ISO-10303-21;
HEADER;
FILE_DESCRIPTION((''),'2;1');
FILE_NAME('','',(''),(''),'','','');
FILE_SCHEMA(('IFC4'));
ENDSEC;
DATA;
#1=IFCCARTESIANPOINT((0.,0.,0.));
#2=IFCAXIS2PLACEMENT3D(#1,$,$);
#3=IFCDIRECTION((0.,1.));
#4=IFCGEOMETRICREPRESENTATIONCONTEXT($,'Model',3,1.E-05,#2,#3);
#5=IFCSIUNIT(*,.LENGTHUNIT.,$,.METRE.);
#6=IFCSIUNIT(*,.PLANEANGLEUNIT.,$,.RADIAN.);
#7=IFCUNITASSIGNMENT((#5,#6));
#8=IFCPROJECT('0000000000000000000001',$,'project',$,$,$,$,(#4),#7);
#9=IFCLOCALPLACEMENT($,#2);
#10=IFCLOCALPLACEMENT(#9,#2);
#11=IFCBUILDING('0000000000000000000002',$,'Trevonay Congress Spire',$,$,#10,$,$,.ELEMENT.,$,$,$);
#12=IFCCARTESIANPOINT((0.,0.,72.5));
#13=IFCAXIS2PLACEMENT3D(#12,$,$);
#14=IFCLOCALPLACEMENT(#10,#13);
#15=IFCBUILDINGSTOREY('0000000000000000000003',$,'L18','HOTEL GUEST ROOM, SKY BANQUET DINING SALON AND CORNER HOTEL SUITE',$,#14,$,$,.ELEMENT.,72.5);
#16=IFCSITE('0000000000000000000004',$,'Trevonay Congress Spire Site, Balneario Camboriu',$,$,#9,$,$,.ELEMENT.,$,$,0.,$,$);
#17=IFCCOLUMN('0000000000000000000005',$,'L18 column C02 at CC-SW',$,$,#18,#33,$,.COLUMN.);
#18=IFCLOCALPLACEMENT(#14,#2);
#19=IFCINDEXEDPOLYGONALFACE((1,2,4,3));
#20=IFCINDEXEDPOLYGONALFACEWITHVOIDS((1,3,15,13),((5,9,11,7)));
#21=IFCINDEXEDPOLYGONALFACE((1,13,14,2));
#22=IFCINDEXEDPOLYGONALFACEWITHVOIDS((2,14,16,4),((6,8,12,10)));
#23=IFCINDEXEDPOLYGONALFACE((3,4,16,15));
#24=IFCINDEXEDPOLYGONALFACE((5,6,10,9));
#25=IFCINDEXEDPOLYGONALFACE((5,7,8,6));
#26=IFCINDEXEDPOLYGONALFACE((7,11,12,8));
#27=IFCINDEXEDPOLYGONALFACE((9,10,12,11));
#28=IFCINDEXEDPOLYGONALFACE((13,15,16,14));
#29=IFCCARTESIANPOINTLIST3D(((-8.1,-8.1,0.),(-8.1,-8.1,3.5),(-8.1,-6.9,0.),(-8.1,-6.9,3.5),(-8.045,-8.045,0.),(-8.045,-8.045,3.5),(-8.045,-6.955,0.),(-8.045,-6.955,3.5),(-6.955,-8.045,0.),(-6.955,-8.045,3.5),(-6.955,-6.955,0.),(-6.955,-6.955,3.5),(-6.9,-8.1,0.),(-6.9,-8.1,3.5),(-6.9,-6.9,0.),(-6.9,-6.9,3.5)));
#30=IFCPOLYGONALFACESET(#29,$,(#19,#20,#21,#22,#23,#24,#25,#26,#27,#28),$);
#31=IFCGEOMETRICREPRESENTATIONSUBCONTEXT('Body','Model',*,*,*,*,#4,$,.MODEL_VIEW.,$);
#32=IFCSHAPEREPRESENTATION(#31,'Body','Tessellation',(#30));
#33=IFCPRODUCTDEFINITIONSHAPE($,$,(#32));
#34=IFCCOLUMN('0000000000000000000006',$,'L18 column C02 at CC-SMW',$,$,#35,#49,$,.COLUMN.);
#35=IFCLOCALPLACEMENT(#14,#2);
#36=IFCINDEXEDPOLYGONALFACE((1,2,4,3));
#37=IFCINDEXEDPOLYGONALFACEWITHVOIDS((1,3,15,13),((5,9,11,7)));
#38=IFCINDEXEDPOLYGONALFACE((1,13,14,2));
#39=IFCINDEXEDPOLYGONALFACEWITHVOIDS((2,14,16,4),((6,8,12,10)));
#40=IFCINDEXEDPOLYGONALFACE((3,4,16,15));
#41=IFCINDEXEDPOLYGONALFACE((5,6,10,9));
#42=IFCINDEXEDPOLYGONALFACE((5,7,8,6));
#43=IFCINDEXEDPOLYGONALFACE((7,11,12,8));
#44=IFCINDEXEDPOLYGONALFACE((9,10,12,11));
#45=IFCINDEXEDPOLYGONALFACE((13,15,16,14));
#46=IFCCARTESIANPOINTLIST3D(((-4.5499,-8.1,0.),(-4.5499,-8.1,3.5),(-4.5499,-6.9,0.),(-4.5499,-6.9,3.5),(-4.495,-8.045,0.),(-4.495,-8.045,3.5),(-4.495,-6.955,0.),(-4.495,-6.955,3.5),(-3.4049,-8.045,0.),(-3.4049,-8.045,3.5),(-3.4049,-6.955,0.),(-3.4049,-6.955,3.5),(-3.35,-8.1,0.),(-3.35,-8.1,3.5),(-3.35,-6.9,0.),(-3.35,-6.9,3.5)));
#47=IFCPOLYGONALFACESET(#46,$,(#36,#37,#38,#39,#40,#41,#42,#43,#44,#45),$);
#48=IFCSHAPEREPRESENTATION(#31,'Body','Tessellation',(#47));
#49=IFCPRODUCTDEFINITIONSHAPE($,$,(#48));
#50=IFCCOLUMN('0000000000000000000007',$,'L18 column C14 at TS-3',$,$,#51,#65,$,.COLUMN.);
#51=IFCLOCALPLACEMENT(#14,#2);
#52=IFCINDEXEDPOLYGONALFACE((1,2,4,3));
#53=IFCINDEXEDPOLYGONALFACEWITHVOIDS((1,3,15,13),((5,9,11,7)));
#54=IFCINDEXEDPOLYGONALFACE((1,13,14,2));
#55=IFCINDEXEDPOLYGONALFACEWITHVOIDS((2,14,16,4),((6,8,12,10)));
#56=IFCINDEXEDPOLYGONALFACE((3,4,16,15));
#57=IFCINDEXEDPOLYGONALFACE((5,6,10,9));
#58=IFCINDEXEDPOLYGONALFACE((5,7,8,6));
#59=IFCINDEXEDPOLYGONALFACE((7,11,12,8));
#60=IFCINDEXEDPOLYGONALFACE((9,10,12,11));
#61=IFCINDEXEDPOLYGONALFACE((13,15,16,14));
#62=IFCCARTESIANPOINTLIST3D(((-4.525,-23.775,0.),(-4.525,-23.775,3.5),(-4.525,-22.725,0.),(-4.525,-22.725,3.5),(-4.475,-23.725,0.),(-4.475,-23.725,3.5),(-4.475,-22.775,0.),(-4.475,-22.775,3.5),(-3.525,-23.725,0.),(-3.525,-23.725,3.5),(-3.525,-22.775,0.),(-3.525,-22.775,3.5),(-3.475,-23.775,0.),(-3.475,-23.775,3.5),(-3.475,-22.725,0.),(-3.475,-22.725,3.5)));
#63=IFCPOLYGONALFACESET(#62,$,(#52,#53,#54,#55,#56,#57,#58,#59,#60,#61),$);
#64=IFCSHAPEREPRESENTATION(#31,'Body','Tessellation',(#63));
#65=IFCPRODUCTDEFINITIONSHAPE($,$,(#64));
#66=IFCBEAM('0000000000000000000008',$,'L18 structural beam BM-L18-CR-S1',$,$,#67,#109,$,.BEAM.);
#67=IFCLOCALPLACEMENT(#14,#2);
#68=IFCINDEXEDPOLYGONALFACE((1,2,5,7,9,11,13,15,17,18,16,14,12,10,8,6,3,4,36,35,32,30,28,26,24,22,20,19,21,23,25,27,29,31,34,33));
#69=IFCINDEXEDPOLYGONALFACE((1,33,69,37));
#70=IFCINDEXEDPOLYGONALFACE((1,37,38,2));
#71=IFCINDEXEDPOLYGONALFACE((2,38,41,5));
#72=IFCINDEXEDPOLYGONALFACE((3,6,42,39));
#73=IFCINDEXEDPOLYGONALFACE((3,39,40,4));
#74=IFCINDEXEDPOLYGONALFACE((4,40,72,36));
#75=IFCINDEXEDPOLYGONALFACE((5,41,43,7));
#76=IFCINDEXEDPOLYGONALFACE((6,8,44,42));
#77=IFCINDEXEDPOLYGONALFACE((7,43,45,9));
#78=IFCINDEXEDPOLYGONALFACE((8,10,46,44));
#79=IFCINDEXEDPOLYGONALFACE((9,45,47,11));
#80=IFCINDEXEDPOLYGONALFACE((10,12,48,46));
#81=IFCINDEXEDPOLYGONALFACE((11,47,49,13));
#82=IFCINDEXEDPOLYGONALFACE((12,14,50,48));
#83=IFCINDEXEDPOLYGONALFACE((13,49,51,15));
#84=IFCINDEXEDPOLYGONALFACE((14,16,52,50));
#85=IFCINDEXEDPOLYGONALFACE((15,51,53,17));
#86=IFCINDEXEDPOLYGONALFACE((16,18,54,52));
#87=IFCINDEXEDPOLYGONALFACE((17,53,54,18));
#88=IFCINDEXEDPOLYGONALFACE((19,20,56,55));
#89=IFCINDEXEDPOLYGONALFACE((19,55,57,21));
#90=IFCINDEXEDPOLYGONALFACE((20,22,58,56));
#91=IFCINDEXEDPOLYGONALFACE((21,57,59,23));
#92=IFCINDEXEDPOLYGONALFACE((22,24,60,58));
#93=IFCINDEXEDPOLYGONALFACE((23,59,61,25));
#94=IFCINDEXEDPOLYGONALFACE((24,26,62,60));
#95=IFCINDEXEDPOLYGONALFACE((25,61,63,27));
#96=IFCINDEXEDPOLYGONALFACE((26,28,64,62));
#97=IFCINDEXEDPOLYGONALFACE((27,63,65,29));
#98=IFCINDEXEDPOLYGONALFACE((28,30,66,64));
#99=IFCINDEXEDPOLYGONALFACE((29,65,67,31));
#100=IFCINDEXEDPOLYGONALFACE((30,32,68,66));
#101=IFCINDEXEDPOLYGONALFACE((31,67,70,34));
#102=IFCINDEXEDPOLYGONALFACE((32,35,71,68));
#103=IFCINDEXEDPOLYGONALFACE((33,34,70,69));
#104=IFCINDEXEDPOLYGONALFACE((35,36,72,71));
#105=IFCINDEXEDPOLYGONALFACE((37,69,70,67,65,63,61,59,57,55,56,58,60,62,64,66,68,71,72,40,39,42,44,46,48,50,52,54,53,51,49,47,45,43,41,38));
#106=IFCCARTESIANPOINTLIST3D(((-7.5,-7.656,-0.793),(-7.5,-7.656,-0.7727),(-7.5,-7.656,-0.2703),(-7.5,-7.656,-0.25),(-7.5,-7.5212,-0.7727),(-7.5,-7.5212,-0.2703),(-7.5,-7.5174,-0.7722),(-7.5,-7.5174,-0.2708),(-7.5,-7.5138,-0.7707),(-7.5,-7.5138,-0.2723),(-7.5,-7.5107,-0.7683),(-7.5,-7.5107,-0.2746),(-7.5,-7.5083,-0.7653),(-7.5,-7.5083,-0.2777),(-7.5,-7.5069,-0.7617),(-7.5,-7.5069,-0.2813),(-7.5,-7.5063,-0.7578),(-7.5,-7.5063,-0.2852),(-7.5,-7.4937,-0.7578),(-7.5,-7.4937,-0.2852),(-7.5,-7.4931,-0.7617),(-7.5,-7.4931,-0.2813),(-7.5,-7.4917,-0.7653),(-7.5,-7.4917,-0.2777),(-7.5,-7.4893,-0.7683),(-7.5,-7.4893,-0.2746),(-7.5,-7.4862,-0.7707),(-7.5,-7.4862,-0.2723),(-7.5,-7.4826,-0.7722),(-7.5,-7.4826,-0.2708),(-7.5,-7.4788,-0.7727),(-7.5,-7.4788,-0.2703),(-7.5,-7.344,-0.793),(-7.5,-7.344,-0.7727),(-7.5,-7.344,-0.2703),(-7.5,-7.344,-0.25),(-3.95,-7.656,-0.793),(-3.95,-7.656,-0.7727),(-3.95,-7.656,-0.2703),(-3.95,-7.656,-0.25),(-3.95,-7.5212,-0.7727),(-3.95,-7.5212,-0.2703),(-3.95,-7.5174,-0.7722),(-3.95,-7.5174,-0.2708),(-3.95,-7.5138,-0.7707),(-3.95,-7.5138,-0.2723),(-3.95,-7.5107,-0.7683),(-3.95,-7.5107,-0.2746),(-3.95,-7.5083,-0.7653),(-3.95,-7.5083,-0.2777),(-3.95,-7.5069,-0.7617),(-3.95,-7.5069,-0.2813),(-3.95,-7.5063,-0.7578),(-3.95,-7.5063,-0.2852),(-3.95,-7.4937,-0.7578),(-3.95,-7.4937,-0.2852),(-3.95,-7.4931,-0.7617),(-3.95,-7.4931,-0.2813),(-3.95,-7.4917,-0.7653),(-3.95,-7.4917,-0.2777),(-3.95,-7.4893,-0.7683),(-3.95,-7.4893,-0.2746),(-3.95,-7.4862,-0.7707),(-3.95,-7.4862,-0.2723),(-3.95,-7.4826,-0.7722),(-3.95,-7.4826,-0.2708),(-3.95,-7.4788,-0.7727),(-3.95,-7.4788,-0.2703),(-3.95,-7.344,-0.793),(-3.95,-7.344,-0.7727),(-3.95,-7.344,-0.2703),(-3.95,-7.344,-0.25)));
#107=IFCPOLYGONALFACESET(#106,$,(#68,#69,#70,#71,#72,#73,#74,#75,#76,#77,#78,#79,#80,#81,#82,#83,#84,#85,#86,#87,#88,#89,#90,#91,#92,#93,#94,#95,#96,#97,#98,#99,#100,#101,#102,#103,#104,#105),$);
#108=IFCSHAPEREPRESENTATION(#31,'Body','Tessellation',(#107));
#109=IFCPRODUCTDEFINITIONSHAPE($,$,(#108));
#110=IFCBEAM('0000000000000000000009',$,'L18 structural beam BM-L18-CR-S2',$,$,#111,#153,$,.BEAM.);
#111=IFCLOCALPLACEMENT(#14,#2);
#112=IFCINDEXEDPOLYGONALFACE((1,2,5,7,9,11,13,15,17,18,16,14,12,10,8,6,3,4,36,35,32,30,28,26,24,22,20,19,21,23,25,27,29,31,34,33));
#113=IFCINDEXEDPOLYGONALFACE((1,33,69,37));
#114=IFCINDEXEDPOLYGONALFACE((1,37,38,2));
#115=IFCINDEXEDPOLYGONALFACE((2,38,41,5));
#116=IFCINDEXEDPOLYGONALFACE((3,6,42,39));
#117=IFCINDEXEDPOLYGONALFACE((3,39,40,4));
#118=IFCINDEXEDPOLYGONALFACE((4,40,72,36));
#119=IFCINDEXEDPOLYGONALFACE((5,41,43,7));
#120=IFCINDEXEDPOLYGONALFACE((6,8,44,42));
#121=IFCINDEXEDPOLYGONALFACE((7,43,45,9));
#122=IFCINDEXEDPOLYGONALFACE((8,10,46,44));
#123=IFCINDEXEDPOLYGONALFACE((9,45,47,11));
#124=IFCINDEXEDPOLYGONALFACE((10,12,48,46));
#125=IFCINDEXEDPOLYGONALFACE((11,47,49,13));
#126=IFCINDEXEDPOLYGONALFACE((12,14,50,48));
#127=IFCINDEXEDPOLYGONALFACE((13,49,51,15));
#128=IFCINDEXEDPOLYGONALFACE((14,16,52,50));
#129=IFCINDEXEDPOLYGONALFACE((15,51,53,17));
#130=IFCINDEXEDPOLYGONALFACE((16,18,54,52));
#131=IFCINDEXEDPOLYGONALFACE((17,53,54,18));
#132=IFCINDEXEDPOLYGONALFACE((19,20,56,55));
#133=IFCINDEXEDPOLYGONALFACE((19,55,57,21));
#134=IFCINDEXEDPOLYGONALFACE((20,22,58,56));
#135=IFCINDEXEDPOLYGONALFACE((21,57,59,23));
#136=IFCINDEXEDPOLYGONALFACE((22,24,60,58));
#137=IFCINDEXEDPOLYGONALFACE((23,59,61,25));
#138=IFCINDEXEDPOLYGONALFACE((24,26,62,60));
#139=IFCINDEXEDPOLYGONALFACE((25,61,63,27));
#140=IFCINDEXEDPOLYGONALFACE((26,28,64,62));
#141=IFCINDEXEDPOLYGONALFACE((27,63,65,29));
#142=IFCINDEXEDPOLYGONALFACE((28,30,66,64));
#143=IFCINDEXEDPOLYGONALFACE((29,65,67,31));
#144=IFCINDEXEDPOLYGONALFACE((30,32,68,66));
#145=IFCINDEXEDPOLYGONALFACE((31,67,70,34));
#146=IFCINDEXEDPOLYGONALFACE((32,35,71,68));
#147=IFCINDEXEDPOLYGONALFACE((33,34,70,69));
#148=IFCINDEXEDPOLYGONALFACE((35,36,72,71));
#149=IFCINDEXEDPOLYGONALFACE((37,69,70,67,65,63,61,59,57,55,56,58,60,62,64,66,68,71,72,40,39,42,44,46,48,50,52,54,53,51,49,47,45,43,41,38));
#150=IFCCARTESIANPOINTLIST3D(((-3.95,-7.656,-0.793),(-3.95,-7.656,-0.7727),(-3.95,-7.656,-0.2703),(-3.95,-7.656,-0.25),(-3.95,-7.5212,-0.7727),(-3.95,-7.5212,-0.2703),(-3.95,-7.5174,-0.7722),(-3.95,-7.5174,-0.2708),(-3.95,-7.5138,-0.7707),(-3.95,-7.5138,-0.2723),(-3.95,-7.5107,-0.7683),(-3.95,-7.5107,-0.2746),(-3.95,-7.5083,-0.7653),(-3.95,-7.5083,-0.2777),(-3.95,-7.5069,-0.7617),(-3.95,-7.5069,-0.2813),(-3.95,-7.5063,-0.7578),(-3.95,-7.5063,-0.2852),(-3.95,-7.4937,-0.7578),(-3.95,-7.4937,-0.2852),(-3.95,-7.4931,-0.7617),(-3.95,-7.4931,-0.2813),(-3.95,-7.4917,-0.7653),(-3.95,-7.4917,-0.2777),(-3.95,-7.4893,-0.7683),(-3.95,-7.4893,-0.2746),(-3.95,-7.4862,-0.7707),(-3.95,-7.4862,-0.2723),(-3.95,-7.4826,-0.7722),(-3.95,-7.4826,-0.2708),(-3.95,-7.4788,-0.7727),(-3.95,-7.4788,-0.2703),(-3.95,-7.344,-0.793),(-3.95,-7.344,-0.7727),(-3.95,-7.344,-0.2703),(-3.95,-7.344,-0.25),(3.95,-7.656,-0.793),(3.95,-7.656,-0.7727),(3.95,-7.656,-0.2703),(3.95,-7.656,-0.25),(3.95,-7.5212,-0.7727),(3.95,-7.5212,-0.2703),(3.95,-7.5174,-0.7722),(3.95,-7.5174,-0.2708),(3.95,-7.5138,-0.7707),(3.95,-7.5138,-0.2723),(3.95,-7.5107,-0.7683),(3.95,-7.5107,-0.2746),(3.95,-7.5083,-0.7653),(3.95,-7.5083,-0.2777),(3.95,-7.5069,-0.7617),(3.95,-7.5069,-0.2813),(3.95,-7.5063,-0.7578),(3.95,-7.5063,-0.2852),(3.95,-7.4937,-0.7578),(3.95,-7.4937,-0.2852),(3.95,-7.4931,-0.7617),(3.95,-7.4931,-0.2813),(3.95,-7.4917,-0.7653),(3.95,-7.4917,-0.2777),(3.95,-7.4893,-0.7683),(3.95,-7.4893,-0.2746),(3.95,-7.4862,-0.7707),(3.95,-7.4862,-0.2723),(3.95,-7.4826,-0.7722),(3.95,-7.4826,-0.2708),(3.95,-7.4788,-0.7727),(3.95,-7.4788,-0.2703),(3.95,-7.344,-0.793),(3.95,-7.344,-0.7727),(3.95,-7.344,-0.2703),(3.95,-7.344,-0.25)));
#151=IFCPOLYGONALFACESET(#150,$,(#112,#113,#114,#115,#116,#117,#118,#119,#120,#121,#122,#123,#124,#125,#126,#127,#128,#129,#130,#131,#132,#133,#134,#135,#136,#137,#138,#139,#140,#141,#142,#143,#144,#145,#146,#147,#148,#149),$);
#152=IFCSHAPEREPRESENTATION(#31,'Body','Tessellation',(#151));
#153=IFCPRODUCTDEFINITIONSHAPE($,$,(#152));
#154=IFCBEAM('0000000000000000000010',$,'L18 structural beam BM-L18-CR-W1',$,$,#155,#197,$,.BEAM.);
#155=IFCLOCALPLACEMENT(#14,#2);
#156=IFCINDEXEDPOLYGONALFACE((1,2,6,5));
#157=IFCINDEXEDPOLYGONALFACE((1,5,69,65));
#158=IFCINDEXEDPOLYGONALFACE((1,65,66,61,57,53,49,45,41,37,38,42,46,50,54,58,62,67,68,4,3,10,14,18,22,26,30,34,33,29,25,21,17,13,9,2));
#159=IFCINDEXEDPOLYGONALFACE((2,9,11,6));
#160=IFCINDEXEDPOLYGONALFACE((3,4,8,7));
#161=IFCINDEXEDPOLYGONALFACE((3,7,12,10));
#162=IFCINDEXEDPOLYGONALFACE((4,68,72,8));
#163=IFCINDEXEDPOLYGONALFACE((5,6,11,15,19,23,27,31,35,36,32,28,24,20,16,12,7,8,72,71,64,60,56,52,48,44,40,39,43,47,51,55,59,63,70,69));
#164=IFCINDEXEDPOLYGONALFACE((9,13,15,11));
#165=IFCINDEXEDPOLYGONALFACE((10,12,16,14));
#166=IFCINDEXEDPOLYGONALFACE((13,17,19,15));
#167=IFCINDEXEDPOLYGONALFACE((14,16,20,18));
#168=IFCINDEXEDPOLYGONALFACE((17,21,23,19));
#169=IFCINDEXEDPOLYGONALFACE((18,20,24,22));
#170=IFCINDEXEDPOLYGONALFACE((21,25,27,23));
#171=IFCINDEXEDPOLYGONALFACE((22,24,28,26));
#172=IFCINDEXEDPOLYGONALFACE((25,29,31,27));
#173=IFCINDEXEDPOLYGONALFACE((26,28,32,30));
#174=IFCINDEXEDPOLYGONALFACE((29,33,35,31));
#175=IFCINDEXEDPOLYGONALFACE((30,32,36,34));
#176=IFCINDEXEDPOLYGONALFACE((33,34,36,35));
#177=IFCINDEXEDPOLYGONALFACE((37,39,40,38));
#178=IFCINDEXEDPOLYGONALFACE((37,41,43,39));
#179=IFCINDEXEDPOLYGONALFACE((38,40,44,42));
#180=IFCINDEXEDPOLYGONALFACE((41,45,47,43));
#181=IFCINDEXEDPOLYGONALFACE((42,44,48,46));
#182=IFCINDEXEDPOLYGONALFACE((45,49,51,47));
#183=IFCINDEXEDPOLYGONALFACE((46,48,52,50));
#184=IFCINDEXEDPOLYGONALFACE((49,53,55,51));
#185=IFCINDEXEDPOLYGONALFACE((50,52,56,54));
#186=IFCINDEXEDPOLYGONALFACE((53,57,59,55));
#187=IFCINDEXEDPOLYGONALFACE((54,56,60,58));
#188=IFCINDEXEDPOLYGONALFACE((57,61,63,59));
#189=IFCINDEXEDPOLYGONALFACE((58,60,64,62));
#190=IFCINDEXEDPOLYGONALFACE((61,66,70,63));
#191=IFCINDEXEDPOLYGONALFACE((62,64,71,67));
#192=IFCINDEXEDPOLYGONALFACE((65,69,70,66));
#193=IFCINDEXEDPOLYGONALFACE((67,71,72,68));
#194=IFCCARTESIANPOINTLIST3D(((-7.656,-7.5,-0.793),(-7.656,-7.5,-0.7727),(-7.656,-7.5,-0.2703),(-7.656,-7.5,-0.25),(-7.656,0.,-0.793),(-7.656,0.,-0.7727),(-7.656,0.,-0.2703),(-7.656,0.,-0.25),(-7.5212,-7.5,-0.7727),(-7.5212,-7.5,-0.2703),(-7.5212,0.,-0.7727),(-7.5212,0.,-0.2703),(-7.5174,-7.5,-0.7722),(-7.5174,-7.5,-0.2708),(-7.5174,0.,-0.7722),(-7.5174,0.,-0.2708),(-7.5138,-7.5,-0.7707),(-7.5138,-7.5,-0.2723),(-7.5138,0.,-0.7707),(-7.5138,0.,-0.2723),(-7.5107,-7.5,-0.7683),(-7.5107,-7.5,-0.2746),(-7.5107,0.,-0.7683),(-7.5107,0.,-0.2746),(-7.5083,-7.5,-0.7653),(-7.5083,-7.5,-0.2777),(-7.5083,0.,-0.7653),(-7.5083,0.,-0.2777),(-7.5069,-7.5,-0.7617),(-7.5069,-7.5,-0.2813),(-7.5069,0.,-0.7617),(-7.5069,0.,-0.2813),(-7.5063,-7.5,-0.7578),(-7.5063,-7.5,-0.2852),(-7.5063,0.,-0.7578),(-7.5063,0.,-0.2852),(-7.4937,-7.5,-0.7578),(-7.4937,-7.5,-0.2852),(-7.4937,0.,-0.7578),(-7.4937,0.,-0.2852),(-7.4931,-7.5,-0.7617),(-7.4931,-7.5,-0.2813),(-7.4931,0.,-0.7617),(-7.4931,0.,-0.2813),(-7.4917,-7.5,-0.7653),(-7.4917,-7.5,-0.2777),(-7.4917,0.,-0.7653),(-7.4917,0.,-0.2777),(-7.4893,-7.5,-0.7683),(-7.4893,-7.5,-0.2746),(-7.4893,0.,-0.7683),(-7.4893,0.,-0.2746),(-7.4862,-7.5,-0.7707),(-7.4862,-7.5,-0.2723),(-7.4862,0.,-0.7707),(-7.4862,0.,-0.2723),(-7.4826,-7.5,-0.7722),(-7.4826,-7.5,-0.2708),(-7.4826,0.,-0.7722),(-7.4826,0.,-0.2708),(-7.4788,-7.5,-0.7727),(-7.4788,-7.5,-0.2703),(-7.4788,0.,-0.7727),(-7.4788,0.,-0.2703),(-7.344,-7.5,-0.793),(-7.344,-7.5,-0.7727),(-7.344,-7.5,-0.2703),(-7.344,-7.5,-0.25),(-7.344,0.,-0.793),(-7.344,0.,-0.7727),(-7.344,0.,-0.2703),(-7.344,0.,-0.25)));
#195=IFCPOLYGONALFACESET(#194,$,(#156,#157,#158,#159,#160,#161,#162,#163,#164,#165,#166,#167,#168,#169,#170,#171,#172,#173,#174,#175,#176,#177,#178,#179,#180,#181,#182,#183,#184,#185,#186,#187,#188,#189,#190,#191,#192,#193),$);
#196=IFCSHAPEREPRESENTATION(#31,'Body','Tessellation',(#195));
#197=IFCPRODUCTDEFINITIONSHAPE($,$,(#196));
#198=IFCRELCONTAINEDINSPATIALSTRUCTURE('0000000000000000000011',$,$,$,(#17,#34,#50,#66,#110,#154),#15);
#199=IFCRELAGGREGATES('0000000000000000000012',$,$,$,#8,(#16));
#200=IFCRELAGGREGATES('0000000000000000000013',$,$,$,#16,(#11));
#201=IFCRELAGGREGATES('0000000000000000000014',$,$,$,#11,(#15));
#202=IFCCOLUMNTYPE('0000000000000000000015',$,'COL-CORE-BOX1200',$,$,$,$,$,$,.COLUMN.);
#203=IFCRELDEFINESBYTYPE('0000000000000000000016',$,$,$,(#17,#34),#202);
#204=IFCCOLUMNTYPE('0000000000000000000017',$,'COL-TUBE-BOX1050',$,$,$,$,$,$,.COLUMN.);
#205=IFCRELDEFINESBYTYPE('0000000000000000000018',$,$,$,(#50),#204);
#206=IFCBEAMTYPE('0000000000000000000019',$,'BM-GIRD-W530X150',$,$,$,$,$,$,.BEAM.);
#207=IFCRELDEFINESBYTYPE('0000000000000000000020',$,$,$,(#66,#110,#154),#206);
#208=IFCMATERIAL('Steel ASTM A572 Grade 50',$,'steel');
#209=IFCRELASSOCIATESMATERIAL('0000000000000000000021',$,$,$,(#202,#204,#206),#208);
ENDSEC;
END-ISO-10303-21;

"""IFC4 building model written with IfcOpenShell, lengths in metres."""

from ifc_helpers import new_model, si_unit, direction, frame, origin, origin_2d, place, context, subcontext, project, spatial, hollow_rectangle, i_section, extrude, material, material_profile, profile_set, type_object, element, save


model = new_model("IFC4")

# Units and contexts
model_context = context("Model", 3, precision=1e-05, world=origin(), true_north=direction((0.0, 1.0)))
body_context = subcontext(model_context, "Body", "Model", "MODEL_VIEW")
ifc_project = project(units=[si_unit("LENGTHUNIT", "METRE"), si_unit("PLANEANGLEUNIT", "RADIAN")], contexts=[model_context])

# Site, building, storey
site_placement = place(None, origin())
site = spatial("IfcSite", under=ifc_project, at=site_placement, Name="Trevonay Congress Spire Site, Balneario Camboriu", CompositionType="ELEMENT", RefElevation=0.0)
building_placement = place(site_placement, origin())
building = spatial("IfcBuilding", under=site, at=building_placement, Name="Trevonay Congress Spire", CompositionType="ELEMENT")
storey_placement = place(building_placement, frame((0.0, 0.0, 72.5)))
storey = spatial("IfcBuildingStorey", under=building, at=storey_placement, Name="L18", Description="HOTEL GUEST ROOM, SKY BANQUET DINING SALON AND CORNER HOTEL SUITE", CompositionType="ELEMENT", Elevation=72.5)

# Columns
ifc_material_1 = material(Name="Steel ASTM A572 Grade 50", Category="steel")
ifc_material_profile_1 = material_profile(ifc_material_1, hollow_rectangle(XDim=1.2, YDim=1.2, WallThickness=0.0549, at=origin_2d()), Name="BOX 1200x1200x55")
ifc_profile_set_1 = profile_set([ifc_material_profile_1], Name="Steel ASTM A572 Grade 50")
column_type_1 = type_object("IfcColumnType", Name="COL-CORE-BOX1200", PredefinedType="COLUMN", material=ifc_profile_set_1)
for number, where, z_axis, x_axis, name in (
    (1, (-7.5, -7.5, 0.0), (0.0, 0.0, 1.0), (1.0, 0.0, 0.0), "L18 column C02 at CC-SW"),
    (2, (-3.95, -7.5, 0.0), (0.0, 0.0, 1.0), (1.0, 0.0, 0.0), "L18 column C02 at CC-SMW"),
):
    element("IfcColumn", number, at=place(storey_placement, frame(where, z_axis=z_axis, x_axis=x_axis)), inside=storey, type_object=column_type_1, Name=name, PredefinedType="COLUMN", context=body_context, shape_type="SweptSolid", body=[
        extrude(hollow_rectangle(XDim=1.2, YDim=1.2, WallThickness=0.0549, at=origin_2d()), origin(), (0.0, 0.0, 1.0), 3.5),
    ])
ifc_material_profile_2 = material_profile(ifc_material_1, hollow_rectangle(XDim=1.05, YDim=1.05, WallThickness=0.05, at=origin_2d()), Name="BOX 1050x1050x50")
ifc_profile_set_2 = profile_set([ifc_material_profile_2], Name="Steel ASTM A572 Grade 50")
column_type_2 = type_object("IfcColumnType", Name="COL-TUBE-BOX1050", PredefinedType="COLUMN", material=ifc_profile_set_2)
column_placement = place(storey_placement, frame((-4.0, -23.25, 0.0), z_axis=(0.0, 0.0, 1.0), x_axis=(1.0, 0.0, 0.0)))
element("IfcColumn", 3, at=column_placement, inside=storey, type_object=column_type_2, Name="L18 column C14 at TS-3", PredefinedType="COLUMN", context=body_context, shape_type="SweptSolid", body=[
    extrude(hollow_rectangle(XDim=1.05, YDim=1.05, WallThickness=0.05, at=origin_2d()), origin(), (0.0, 0.0, 1.0), 3.5),
])

# Beams
ifc_material_profile_3 = material_profile(ifc_material_1, i_section(OverallWidth=0.312, OverallDepth=0.543, WebThickness=0.0127, FlangeThickness=0.0203, FilletRadius=0.0149, at=origin_2d()), Name="W530x150")
ifc_profile_set_3 = profile_set([ifc_material_profile_3], Name="Steel ASTM A572 Grade 50")
beam_type_1 = type_object("IfcBeamType", Name="BM-GIRD-W530X150", PredefinedType="BEAM", material=ifc_profile_set_3)
beam_1_placement = place(storey_placement, frame((-7.5, -7.5, -0.5215), z_axis=(1.0, 0.0, 0.0), x_axis=(0.0, 1.0, 0.0)))
element("IfcBeam", 4, at=beam_1_placement, inside=storey, type_object=beam_type_1, Name="L18 structural beam BM-L18-CR-S1", PredefinedType="BEAM", context=body_context, shape_type="SweptSolid", body=[
    extrude(i_section(OverallWidth=0.312, OverallDepth=0.543, WebThickness=0.0127, FlangeThickness=0.0203, FilletRadius=0.0149, at=origin_2d()), origin(), (0.0, 0.0, 1.0), 3.55),
])
beam_2_placement = place(storey_placement, frame((-3.95, -7.5, -0.5215), z_axis=(1.0, 0.0, 0.0), x_axis=(0.0, 1.0, 0.0)))
element("IfcBeam", 5, at=beam_2_placement, inside=storey, type_object=beam_type_1, Name="L18 structural beam BM-L18-CR-S2", PredefinedType="BEAM", context=body_context, shape_type="SweptSolid", body=[
    extrude(i_section(OverallWidth=0.312, OverallDepth=0.543, WebThickness=0.0127, FlangeThickness=0.0203, FilletRadius=0.0149, at=origin_2d()), origin(), (0.0, 0.0, 1.0), 7.8999),
])
beam_3_placement = place(storey_placement, frame((-7.5, -7.5, -0.5215), z_axis=(0.0, 1.0, 0.0), x_axis=(-1.0, 0.0, 0.0)))
element("IfcBeam", 6, at=beam_3_placement, inside=storey, type_object=beam_type_1, Name="L18 structural beam BM-L18-CR-W1", PredefinedType="BEAM", context=body_context, shape_type="SweptSolid", body=[
    extrude(i_section(OverallWidth=0.312, OverallDepth=0.543, WebThickness=0.0127, FlangeThickness=0.0203, FilletRadius=0.0149, at=origin_2d()), origin(), (0.0, 0.0, 1.0), 7.5),
])

save(model, "model.ifc")
